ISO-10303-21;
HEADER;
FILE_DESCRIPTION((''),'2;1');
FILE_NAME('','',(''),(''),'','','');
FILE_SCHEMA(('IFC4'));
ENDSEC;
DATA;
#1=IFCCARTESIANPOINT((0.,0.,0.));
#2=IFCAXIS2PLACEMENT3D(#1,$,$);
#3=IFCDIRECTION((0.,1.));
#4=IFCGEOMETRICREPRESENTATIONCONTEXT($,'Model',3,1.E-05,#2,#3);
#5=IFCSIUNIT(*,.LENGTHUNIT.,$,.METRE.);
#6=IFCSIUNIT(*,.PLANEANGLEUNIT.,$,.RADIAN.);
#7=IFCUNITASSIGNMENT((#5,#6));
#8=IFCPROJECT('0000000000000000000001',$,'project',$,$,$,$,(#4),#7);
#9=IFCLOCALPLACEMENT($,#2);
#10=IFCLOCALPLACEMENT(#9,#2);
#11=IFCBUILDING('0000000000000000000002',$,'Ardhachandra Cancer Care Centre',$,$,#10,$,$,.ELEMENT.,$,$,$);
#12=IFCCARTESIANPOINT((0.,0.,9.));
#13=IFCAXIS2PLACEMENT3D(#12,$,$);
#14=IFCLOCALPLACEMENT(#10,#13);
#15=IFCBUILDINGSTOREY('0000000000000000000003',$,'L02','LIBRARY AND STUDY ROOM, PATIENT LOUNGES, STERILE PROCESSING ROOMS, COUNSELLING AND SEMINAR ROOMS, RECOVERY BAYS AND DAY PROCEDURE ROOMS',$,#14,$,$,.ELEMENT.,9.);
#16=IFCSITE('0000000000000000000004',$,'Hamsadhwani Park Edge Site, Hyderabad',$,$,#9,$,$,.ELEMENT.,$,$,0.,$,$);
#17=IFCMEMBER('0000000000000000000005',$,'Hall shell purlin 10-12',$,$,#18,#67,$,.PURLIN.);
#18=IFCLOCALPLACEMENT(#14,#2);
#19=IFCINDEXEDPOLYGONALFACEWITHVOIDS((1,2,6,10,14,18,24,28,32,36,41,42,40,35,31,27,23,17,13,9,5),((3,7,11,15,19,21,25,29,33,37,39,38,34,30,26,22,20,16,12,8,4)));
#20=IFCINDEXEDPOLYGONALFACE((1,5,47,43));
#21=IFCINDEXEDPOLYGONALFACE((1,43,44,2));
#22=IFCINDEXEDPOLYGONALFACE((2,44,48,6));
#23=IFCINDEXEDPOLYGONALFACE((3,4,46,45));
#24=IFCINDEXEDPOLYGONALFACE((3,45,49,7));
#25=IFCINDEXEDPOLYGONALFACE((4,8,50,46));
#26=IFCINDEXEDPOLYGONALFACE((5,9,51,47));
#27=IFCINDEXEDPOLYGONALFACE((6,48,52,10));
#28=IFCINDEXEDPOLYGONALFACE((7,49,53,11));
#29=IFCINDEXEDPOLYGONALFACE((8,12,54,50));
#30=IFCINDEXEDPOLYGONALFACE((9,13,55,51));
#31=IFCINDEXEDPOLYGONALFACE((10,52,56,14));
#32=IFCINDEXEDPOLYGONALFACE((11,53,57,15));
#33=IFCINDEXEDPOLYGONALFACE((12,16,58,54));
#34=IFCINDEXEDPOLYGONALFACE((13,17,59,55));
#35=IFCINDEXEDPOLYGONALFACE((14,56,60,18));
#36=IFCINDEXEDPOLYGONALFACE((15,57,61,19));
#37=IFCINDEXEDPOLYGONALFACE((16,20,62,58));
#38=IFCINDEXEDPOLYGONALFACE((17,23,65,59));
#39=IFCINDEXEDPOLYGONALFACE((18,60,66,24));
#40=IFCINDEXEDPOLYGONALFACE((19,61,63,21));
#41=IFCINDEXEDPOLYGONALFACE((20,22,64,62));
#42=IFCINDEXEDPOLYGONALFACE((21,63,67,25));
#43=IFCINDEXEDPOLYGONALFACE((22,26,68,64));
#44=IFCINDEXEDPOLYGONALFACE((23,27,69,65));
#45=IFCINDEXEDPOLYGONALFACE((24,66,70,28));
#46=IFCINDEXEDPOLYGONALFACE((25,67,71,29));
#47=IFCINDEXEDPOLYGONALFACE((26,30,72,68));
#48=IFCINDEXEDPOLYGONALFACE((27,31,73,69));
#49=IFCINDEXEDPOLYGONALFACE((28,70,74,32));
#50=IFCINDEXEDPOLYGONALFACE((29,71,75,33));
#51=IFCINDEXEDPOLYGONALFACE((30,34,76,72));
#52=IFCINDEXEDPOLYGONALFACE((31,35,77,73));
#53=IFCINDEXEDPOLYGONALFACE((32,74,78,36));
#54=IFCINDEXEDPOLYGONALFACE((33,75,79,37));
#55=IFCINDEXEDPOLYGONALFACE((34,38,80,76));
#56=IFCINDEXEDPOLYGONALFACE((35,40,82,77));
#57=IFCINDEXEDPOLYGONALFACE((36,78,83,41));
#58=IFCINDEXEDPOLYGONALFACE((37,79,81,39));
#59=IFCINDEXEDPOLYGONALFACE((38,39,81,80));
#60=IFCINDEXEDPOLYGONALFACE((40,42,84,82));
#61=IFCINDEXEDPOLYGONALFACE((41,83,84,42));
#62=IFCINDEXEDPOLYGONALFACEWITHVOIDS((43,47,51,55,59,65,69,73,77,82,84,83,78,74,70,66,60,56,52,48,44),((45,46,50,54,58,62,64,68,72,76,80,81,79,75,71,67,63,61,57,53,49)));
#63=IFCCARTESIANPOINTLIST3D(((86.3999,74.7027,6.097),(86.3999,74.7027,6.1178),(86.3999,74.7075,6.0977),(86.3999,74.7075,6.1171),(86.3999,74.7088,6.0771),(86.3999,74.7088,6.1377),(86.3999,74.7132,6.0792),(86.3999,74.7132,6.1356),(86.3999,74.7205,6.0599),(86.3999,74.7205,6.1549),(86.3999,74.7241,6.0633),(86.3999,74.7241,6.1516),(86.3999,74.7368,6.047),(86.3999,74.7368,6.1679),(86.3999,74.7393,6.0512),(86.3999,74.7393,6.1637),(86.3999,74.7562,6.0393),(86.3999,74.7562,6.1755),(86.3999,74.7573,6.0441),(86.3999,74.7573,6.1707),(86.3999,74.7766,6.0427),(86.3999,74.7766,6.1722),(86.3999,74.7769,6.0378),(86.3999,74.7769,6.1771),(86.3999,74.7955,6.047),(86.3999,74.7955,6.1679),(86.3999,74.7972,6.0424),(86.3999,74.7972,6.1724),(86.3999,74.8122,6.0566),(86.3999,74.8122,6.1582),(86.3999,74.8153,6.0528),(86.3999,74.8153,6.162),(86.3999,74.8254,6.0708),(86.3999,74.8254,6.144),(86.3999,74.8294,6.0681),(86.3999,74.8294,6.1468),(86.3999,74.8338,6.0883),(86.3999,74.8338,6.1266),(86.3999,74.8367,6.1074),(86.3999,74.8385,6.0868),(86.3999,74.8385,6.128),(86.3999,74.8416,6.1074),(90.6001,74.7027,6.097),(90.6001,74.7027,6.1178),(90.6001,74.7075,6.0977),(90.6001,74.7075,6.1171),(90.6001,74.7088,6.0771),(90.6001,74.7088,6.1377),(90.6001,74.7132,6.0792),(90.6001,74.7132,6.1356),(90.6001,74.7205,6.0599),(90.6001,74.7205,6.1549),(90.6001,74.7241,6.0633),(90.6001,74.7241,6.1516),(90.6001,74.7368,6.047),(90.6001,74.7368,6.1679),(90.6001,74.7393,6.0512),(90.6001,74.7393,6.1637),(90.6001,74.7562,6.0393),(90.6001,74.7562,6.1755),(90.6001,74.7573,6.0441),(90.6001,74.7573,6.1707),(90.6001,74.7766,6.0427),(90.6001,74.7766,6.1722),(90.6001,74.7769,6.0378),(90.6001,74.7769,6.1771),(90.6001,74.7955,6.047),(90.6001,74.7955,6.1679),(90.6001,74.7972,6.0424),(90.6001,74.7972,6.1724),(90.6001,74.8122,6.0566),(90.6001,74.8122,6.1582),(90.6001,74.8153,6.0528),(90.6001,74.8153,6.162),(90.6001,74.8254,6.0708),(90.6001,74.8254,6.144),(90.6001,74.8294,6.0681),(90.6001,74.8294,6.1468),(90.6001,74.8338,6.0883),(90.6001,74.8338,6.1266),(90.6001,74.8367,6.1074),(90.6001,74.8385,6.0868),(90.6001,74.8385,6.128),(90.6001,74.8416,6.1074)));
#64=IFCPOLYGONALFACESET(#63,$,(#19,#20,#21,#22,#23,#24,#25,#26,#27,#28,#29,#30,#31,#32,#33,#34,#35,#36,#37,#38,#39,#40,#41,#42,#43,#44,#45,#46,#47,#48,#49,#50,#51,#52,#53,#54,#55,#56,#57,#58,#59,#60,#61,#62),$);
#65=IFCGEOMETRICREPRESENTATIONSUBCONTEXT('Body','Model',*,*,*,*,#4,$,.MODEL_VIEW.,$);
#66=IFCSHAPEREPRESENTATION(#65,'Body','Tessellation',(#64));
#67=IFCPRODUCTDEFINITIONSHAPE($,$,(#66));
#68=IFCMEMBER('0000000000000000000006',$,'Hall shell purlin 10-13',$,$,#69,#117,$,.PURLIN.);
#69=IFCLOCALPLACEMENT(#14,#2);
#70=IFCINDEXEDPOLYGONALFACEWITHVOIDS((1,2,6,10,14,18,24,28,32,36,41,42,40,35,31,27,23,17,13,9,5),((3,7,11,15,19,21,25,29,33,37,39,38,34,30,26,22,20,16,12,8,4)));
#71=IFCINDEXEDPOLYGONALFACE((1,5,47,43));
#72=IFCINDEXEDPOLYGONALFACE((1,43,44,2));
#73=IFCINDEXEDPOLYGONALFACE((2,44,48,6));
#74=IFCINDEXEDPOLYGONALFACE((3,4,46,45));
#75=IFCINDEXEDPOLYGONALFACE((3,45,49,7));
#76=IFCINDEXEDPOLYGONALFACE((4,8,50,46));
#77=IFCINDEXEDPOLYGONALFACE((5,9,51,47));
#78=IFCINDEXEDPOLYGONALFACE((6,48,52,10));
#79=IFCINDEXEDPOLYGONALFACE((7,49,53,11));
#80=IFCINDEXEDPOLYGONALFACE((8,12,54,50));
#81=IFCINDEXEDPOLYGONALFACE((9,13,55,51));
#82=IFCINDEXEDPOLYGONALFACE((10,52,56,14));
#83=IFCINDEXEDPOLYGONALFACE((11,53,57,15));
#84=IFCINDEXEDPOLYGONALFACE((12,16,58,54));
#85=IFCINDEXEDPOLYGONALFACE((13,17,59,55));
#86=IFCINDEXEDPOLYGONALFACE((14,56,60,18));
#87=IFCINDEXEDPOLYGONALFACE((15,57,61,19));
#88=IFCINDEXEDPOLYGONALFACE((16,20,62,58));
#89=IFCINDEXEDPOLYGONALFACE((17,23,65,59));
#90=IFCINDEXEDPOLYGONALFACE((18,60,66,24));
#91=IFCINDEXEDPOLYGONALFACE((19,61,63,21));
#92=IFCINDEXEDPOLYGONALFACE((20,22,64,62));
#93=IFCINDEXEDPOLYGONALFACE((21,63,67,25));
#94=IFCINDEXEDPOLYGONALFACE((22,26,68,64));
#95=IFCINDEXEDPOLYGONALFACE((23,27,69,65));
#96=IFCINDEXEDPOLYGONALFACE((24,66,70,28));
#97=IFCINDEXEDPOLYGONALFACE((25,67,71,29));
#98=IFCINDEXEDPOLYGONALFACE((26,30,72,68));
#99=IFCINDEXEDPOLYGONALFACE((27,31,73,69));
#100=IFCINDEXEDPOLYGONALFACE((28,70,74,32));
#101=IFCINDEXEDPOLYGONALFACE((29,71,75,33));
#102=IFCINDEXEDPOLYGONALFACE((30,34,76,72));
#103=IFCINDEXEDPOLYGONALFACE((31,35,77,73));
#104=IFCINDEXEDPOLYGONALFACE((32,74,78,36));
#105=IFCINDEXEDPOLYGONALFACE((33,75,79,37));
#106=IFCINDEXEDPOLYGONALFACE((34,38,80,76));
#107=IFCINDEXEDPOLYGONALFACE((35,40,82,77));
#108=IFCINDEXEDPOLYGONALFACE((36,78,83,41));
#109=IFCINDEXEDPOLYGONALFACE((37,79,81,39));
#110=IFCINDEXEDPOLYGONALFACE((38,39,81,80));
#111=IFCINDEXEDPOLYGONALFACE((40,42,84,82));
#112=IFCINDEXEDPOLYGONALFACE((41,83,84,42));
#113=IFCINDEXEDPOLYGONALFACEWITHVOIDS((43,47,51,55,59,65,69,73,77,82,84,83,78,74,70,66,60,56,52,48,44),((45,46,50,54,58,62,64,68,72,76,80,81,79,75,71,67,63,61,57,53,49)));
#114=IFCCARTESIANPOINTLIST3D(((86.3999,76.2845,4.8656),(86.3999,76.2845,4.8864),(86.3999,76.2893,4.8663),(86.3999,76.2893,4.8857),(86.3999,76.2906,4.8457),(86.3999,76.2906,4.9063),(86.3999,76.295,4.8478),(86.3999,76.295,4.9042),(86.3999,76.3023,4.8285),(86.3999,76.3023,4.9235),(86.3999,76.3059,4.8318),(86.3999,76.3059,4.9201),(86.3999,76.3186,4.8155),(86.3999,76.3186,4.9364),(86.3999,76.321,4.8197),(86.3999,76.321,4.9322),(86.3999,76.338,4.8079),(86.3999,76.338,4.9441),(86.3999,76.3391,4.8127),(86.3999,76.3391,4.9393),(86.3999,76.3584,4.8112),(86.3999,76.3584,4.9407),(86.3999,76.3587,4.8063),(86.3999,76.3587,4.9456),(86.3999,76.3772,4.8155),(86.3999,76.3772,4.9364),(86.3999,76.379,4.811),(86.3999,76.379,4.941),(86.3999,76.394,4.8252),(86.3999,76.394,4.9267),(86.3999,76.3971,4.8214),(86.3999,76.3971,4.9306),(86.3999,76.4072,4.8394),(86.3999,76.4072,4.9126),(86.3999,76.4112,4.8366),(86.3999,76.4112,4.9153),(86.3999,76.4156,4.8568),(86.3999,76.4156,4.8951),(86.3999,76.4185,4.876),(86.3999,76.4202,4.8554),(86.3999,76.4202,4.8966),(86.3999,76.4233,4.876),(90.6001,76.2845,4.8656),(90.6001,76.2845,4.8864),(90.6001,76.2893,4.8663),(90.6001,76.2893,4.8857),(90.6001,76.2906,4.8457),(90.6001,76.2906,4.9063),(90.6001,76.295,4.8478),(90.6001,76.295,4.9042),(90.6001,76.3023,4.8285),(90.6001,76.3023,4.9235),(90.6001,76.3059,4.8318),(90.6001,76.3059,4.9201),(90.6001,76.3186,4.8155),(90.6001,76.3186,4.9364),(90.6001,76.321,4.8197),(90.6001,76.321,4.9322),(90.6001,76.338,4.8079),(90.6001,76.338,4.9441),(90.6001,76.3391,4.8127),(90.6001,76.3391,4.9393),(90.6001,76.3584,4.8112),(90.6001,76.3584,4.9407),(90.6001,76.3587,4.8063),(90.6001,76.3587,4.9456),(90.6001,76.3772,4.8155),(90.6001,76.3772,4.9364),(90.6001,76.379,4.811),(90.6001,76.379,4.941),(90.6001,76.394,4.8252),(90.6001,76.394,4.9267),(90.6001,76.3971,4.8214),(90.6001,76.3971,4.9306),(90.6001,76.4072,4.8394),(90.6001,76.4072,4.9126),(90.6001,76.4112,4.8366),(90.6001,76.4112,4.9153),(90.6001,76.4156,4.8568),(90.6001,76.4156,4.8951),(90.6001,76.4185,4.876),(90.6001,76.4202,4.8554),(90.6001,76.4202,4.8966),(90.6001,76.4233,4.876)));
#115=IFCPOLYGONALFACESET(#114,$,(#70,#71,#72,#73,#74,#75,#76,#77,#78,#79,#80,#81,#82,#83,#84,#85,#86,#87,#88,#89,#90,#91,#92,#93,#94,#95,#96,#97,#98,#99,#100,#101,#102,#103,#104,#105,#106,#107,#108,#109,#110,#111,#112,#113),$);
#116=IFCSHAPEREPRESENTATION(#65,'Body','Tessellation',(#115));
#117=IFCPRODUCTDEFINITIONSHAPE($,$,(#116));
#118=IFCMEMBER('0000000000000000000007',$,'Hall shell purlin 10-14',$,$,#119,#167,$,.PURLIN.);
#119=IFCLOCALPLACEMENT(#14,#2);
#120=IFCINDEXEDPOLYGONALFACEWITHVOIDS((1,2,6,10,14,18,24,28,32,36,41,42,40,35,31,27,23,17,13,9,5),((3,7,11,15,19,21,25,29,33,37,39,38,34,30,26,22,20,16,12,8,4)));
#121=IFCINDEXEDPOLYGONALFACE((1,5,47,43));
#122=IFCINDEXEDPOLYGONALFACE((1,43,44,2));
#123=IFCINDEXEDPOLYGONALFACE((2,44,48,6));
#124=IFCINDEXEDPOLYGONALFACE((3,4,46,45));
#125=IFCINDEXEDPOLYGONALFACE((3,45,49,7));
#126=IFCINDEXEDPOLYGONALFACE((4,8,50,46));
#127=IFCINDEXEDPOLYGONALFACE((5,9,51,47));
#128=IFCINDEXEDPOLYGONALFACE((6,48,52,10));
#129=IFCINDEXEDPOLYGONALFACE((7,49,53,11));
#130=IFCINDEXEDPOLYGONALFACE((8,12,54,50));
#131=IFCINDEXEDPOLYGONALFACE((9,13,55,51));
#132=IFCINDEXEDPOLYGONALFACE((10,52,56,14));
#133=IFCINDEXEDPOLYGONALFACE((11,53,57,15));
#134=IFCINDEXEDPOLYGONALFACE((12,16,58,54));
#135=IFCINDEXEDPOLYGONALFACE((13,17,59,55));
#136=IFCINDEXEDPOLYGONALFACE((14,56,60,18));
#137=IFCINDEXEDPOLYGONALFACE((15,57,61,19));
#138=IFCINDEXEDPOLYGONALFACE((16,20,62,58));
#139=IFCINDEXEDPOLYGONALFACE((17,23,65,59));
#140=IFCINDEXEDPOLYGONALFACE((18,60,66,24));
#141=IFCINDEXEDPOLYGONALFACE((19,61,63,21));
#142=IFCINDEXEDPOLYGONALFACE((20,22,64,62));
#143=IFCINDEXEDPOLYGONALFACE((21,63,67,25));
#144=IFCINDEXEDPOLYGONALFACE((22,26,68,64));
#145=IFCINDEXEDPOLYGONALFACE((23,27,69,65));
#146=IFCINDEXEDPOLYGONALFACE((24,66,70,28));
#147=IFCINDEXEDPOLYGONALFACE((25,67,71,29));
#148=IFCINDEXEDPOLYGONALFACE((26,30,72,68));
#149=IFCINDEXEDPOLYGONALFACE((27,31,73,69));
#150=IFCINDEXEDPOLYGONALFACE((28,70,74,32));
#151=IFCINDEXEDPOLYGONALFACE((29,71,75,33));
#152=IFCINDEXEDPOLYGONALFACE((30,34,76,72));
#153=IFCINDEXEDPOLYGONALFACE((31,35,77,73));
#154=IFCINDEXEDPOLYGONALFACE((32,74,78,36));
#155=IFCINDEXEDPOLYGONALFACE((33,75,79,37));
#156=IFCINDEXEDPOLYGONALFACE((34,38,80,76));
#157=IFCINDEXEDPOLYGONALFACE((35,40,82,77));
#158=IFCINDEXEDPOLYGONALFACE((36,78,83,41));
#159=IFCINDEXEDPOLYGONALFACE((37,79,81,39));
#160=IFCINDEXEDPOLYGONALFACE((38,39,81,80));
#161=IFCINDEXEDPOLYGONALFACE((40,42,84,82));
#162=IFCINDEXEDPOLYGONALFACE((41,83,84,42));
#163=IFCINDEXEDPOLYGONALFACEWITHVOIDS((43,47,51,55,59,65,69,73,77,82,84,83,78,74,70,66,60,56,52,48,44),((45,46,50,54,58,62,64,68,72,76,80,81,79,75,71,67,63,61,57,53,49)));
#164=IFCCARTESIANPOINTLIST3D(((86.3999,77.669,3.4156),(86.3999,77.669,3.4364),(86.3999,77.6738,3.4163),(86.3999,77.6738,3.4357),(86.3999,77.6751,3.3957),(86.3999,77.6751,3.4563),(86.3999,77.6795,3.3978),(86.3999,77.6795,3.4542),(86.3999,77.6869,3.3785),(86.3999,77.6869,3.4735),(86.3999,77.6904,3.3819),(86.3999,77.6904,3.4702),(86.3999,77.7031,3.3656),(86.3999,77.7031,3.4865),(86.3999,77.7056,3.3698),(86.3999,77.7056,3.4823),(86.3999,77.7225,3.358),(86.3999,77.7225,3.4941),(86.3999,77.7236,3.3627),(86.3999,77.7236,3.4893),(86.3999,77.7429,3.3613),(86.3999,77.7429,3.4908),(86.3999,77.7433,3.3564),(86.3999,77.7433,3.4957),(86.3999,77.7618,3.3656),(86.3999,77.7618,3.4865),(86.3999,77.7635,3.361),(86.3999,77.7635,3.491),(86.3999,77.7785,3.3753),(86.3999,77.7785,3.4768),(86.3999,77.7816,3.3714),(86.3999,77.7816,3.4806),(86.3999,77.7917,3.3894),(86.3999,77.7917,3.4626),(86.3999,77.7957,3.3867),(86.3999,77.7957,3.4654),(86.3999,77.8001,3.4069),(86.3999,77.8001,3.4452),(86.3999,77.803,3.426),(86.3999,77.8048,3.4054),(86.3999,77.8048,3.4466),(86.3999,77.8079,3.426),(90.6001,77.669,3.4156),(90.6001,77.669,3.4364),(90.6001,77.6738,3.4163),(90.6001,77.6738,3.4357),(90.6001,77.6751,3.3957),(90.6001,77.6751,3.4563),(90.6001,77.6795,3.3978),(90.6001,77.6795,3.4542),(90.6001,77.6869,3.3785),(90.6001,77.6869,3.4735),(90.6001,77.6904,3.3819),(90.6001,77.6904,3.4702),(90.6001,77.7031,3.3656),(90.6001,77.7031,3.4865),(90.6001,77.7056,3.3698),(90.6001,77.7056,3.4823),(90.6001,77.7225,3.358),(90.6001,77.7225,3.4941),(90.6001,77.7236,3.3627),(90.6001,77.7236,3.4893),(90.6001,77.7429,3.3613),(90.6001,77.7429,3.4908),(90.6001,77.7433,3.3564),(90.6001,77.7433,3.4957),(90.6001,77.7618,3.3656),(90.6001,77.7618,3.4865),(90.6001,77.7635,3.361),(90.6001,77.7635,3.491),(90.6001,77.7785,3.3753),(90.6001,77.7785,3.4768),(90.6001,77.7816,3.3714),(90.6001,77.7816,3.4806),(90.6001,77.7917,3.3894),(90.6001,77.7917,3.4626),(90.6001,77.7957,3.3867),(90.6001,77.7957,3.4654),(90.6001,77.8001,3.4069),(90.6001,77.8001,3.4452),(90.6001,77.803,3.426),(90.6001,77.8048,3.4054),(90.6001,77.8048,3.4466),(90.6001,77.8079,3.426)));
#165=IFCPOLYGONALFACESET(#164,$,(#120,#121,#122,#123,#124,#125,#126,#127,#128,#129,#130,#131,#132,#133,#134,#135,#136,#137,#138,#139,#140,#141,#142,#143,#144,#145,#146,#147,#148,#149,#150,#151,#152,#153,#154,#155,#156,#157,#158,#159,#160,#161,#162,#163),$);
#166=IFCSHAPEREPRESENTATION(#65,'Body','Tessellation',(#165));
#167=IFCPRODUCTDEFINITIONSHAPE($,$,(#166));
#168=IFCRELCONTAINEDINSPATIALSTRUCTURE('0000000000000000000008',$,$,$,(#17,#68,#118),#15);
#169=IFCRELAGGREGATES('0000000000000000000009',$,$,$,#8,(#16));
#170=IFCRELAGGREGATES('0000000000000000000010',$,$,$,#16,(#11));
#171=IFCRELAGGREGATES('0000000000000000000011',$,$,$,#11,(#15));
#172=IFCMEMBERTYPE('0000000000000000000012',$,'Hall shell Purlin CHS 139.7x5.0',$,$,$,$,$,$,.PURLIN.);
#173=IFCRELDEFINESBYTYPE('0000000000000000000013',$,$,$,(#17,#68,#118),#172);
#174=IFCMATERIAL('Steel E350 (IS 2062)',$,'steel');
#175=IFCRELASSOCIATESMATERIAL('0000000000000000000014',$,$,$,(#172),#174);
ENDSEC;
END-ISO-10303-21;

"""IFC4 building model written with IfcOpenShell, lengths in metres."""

from ifc_helpers import new_model, si_unit, direction, frame, origin, origin_2d, place, context, subcontext, project, spatial, hollow_circle, extrude, material, material_profile, profile_set, type_object, element, save


model = new_model("IFC4")

# Units and contexts
model_context = context("Model", 3, precision=1e-05, world=origin(), true_north=direction((0.0, 1.0)))
body_context = subcontext(model_context, "Body", "Model", "MODEL_VIEW")
ifc_project = project(units=[si_unit("LENGTHUNIT", "METRE"), si_unit("PLANEANGLEUNIT", "RADIAN")], contexts=[model_context])

# Site, building, storey
site_placement = place(None, origin())
site = spatial("IfcSite", under=ifc_project, at=site_placement, Name="Hamsadhwani Park Edge Site, Hyderabad", CompositionType="ELEMENT", RefElevation=0.0)
building_placement = place(site_placement, origin())
building = spatial("IfcBuilding", under=site, at=building_placement, Name="Ardhachandra Cancer Care Centre", CompositionType="ELEMENT")
storey_placement = place(building_placement, frame((0.0, 0.0, 9.0)))
storey = spatial("IfcBuildingStorey", under=building, at=storey_placement, Name="L02", Description="LIBRARY AND STUDY ROOM, PATIENT LOUNGES, STERILE PROCESSING ROOMS, COUNSELLING AND SEMINAR ROOMS, RECOVERY BAYS AND DAY PROCEDURE ROOMS", CompositionType="ELEMENT", Elevation=9.0)

# Members
ifc_material_1 = material(Name="Steel E350 (IS 2062)", Category="steel")
ifc_material_profile_1 = material_profile(ifc_material_1, hollow_circle(Radius=0.0698, WallThickness=0.0049, at=origin_2d()), Name="CHS 139.7x5.0")
ifc_profile_set_1 = profile_set([ifc_material_profile_1], Name="Steel E350 (IS 2062)")
member_type_1 = type_object("IfcMemberType", Name="Hall shell Purlin CHS 139.7x5.0", PredefinedType="PURLIN", material=ifc_profile_set_1)
for number, where, z_axis, x_axis, name in (
    (1, (86.3999, 74.7717, 6.1074), (1.0, 0.0, 0.0), (0.0, 1.0, 0.0), "Hall shell purlin 10-12"),
    (2, (86.3999, 76.3535, 4.876), (1.0, 0.0, 0.0), (0.0, 1.0, 0.0), "Hall shell purlin 10-13"),
    (3, (86.3999, 77.738, 3.426), (1.0, 0.0, 0.0), (0.0, 1.0, 0.0), "Hall shell purlin 10-14"),
):
    element("IfcMember", number, at=place(storey_placement, frame(where, z_axis=z_axis, x_axis=x_axis)), inside=storey, type_object=member_type_1, Name=name, PredefinedType="PURLIN", context=body_context, shape_type="SweptSolid", body=[
        extrude(hollow_circle(Radius=0.0698, WallThickness=0.0049, at=origin_2d()), origin(), (0.0, 0.0, 1.0), 4.2002),
    ])

save(model, "model.ifc")
